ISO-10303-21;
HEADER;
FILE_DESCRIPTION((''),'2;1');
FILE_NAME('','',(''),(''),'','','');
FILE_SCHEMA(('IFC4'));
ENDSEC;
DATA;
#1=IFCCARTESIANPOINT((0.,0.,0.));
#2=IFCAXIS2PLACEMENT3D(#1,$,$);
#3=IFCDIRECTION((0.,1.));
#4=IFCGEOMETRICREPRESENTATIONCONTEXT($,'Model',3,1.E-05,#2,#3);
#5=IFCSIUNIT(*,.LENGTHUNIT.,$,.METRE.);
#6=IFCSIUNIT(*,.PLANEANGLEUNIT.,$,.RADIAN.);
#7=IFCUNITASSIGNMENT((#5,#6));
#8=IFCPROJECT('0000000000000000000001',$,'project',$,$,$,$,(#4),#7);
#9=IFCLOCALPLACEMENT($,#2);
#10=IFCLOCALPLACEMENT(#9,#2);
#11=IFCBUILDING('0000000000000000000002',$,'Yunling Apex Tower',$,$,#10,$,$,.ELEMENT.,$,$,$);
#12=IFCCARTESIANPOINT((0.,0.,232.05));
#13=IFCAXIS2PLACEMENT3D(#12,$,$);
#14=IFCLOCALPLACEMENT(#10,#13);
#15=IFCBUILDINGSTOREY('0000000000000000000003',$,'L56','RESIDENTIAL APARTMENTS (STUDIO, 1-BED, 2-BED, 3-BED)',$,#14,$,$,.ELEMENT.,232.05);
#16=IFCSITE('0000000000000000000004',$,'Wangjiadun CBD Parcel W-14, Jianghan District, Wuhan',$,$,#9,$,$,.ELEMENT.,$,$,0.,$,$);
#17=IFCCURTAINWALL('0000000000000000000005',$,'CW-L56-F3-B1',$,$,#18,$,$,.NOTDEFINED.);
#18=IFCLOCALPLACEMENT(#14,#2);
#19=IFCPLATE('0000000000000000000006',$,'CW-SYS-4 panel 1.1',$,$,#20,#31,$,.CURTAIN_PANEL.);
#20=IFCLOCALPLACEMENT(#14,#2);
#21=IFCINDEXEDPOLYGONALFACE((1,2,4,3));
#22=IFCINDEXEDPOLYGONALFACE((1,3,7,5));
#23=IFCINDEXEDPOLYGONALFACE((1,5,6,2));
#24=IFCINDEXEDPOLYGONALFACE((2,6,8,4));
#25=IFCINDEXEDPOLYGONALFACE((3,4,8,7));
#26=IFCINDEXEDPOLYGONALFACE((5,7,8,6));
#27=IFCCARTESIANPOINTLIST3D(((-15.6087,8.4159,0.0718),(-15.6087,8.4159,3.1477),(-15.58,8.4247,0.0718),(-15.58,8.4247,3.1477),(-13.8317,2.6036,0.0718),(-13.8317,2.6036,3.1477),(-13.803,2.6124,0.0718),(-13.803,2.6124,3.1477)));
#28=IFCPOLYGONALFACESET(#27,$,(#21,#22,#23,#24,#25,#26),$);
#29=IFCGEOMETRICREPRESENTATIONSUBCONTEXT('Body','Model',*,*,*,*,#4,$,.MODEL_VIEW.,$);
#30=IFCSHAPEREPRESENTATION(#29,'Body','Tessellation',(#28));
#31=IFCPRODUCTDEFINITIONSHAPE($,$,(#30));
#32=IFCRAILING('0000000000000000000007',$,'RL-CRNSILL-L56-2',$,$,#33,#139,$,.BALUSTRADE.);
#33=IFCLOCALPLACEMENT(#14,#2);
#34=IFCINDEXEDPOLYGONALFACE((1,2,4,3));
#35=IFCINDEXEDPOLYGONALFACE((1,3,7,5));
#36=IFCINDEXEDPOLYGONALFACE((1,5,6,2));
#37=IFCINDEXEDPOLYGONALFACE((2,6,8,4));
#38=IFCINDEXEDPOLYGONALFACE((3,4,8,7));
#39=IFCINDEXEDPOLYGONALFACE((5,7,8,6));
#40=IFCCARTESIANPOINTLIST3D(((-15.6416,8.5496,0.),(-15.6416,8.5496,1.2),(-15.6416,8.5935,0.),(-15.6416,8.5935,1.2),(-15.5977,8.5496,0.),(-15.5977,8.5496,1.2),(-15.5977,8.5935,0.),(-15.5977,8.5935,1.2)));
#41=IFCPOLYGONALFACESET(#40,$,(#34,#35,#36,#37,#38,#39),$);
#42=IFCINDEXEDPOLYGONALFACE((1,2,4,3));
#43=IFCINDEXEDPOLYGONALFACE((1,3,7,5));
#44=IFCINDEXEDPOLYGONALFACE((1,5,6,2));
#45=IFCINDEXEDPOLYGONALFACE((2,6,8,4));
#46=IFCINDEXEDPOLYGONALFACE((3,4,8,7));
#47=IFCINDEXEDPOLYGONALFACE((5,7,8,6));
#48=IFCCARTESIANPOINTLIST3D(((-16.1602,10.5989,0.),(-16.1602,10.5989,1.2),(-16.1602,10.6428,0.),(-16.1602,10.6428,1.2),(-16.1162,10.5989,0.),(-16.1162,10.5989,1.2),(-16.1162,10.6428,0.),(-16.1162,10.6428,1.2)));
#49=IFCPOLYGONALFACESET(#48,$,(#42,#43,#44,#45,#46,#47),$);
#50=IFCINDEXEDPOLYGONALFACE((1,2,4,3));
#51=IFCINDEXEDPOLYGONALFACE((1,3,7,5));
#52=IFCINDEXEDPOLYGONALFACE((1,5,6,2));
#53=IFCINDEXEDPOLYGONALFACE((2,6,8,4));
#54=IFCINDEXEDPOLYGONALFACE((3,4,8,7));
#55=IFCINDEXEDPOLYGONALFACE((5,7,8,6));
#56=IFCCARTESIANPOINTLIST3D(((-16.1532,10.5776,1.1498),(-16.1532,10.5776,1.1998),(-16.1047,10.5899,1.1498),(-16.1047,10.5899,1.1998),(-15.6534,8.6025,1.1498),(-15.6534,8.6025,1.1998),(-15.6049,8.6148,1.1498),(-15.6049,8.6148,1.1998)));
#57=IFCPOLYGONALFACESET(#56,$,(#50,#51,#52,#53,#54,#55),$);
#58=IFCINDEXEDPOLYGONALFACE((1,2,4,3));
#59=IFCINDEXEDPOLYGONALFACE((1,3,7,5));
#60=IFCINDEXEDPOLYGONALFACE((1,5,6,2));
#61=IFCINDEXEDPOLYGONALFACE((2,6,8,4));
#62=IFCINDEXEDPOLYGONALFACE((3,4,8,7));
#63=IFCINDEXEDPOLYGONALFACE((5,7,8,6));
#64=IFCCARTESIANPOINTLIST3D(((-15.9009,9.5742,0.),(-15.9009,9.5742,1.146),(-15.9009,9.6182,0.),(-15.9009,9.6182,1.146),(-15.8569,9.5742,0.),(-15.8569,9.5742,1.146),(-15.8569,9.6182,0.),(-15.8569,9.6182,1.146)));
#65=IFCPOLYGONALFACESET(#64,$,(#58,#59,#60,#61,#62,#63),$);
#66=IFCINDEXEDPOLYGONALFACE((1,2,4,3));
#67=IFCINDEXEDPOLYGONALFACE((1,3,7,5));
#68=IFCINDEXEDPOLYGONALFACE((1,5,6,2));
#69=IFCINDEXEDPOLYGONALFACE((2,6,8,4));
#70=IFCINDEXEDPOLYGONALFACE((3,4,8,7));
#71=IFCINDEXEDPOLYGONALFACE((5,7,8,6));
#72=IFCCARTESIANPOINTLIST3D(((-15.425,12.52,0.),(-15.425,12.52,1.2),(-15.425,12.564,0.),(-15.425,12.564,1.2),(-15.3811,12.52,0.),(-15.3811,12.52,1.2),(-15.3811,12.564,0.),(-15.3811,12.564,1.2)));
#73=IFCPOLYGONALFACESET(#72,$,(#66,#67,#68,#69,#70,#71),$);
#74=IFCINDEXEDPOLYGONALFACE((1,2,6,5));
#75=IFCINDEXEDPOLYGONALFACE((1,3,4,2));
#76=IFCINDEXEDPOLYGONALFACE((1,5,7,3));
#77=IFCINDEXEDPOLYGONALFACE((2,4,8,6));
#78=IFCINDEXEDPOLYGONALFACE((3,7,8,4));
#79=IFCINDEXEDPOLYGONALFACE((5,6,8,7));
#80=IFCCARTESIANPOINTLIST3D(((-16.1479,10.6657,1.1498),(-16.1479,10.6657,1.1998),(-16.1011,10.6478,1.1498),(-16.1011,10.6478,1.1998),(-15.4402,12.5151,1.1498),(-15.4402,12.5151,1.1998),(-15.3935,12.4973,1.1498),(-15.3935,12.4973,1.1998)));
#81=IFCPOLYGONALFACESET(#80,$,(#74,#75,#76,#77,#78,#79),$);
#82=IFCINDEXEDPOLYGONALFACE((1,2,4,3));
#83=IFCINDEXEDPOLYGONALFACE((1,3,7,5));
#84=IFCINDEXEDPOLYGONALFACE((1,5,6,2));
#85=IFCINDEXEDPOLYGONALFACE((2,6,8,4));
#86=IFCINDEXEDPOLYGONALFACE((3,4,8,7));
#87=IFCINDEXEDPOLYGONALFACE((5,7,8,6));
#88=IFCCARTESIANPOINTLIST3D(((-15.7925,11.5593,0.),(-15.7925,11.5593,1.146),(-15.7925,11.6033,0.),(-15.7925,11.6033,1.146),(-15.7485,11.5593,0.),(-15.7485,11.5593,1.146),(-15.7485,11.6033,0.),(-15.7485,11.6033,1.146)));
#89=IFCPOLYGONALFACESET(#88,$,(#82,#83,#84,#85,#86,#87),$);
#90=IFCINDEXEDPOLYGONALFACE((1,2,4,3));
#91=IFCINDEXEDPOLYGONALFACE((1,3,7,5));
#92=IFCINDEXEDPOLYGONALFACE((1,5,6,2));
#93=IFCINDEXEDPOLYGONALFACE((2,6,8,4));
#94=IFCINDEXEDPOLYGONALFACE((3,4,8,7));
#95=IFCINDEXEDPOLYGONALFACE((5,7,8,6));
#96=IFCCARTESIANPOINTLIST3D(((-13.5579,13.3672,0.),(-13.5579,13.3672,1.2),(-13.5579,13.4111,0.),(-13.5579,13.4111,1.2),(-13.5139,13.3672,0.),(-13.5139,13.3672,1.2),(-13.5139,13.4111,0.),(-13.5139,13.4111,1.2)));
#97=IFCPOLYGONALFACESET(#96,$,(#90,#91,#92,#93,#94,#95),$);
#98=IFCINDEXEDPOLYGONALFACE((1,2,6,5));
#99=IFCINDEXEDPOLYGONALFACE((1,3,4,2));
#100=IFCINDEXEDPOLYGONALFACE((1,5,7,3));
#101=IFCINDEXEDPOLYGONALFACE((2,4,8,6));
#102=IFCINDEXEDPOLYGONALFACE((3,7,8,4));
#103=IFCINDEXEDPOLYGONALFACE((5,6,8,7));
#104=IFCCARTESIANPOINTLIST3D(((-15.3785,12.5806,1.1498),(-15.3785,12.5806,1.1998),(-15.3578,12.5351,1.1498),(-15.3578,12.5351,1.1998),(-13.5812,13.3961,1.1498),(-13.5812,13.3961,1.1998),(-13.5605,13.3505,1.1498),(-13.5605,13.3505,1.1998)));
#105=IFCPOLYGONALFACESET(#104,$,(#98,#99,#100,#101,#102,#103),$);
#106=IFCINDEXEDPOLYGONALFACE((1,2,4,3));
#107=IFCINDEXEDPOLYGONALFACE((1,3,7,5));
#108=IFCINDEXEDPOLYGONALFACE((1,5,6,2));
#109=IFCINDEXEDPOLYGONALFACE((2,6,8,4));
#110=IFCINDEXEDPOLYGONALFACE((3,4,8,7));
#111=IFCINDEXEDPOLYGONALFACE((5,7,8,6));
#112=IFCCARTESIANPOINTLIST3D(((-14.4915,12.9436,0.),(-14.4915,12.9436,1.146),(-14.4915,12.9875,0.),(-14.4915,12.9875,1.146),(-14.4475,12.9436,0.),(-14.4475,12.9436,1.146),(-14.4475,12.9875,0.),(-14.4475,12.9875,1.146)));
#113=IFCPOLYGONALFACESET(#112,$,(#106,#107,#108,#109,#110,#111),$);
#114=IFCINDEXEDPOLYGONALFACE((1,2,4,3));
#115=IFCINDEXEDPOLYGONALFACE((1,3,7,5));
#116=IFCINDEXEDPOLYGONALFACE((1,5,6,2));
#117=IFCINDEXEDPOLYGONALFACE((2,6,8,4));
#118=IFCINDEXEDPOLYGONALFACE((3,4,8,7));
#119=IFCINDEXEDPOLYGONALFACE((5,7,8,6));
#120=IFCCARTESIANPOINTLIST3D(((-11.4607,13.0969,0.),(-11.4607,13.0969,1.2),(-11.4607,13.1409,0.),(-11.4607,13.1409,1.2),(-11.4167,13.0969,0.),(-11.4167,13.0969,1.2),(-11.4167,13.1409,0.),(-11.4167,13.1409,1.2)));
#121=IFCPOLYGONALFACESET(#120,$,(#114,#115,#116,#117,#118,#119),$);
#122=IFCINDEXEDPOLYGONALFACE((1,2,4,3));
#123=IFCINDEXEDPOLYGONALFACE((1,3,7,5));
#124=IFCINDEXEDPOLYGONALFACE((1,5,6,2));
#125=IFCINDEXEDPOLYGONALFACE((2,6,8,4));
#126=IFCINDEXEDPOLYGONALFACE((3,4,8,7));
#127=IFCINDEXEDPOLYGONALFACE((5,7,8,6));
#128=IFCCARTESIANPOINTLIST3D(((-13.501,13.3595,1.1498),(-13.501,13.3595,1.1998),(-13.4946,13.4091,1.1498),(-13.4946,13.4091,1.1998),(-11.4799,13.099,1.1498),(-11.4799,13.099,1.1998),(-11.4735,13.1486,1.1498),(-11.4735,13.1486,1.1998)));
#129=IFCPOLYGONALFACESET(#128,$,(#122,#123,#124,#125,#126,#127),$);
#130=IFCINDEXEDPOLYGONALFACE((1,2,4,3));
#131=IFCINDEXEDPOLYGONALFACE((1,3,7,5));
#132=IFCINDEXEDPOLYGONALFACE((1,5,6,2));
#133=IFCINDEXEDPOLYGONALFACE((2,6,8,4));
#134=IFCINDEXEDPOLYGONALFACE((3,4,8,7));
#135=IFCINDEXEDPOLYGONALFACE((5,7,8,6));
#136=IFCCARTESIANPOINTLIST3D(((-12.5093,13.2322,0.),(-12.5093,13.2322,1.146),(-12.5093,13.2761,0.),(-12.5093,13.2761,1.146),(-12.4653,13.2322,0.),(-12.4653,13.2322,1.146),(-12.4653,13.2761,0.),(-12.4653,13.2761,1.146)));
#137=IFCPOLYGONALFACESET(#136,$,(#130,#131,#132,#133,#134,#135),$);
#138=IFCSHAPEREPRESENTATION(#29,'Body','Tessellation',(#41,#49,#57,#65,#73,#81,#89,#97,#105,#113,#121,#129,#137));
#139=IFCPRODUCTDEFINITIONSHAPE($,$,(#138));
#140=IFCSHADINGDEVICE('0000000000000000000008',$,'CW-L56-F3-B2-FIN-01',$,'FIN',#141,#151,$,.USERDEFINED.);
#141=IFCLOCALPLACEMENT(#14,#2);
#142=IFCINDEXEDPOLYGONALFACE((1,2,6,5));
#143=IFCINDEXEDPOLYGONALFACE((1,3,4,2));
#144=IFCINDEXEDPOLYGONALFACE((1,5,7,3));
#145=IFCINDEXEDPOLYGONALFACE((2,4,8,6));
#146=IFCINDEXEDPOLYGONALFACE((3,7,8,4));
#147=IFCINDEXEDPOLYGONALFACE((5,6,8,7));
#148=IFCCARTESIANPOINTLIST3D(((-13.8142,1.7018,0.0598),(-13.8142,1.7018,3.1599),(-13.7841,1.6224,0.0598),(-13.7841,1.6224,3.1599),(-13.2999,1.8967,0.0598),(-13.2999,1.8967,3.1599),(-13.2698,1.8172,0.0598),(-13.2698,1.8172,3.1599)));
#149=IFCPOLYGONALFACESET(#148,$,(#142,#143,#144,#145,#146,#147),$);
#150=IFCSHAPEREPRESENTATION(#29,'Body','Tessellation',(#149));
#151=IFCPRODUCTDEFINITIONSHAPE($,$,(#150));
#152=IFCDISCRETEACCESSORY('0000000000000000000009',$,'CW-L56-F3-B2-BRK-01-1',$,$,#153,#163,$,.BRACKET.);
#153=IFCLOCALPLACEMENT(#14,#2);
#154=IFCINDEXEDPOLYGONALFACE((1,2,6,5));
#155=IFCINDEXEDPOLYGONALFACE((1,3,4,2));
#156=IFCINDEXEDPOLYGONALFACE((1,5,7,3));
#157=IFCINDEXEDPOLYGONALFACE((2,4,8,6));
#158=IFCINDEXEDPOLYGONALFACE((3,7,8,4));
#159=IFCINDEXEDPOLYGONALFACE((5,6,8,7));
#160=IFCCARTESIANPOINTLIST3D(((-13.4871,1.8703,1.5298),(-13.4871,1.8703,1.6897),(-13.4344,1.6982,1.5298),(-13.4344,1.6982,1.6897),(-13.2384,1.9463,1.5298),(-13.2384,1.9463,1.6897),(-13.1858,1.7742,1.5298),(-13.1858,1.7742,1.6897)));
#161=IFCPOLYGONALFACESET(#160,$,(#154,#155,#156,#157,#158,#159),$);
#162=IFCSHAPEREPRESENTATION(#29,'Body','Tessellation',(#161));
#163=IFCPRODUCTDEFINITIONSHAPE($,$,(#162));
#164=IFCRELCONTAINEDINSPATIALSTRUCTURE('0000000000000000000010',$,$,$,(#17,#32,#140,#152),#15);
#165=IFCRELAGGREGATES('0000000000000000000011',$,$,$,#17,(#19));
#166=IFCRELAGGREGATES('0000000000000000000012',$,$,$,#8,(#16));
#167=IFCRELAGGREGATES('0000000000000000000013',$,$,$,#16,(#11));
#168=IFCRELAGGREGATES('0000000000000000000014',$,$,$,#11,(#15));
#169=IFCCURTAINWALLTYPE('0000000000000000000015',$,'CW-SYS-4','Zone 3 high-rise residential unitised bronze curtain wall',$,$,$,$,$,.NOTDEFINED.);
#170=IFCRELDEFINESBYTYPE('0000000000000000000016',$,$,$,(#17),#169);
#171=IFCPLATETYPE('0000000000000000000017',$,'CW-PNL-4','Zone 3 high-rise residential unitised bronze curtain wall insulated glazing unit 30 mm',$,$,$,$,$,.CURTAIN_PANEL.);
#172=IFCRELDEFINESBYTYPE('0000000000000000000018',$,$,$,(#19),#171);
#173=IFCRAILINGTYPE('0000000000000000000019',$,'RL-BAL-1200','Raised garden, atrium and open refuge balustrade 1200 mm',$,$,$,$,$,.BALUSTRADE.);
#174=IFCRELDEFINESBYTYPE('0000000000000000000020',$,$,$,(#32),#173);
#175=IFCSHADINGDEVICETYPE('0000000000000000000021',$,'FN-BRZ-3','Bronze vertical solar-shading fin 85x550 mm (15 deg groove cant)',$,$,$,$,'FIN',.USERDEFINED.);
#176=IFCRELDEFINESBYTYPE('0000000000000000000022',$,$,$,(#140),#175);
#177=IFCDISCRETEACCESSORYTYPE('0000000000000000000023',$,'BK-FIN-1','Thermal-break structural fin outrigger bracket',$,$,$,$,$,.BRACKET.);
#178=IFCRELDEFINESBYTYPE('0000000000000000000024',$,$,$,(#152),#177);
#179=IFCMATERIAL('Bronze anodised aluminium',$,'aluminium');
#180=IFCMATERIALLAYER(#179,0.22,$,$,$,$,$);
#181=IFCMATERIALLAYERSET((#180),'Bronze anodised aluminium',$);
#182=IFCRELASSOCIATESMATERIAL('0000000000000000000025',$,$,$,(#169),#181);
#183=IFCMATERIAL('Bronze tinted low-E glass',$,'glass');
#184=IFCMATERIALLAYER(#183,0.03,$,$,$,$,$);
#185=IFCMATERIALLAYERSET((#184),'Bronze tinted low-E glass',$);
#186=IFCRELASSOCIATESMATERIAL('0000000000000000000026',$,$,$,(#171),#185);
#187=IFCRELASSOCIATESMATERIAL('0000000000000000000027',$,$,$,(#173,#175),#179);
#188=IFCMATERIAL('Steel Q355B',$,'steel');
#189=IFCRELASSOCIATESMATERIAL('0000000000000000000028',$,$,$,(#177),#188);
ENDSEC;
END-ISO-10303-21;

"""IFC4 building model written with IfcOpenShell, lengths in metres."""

from ifc_helpers import new_model, si_unit, direction, frame, origin, origin_2d, place, context, subcontext, project, spatial, rectangle, extrude, source, transform, mapped, material, layer, layer_set, material_profile, profile_set, type_object, element, aggregate, save


model = new_model("IFC4")

# Units and contexts
model_context = context("Model", 3, precision=1e-05, world=origin(), true_north=direction((0.0, 1.0)))
body_context = subcontext(model_context, "Body", "Model", "MODEL_VIEW")
ifc_project = project(units=[si_unit("LENGTHUNIT", "METRE"), si_unit("PLANEANGLEUNIT", "RADIAN")], contexts=[model_context])

# Site, building, storey
site_placement = place(None, origin())
site = spatial("IfcSite", under=ifc_project, at=site_placement, Name="Wangjiadun CBD Parcel W-14, Jianghan District, Wuhan", CompositionType="ELEMENT", RefElevation=0.0)
building_placement = place(site_placement, origin())
building = spatial("IfcBuilding", under=site, at=building_placement, Name="Yunling Apex Tower", CompositionType="ELEMENT")
storey_placement = place(building_placement, frame((0.0, 0.0, 232.05)))
storey = spatial("IfcBuildingStorey", under=building, at=storey_placement, Name="L56", Description="RESIDENTIAL APARTMENTS (STUDIO, 1-BED, 2-BED, 3-BED)", CompositionType="ELEMENT", Elevation=232.05)

# Shared definitions
ifc_material_1 = material(Name="Steel Q355B", Category="steel")

# Curtain wall
ifc_material_2 = material(Name="Bronze anodised aluminium", Category="aluminium")
ifc_layer_1 = layer(ifc_material_2, 0.22)
ifc_layer_set_1 = layer_set([ifc_layer_1], Name="Bronze anodised aluminium")
curtain_wall_type = type_object("IfcCurtainWallType", Name="CW-SYS-4", Description="Zone 3 high-rise residential unitised bronze curtain wall", PredefinedType="NOTDEFINED", material=ifc_layer_set_1)
curtain_wall_1_placement = place(storey_placement, origin())
curtain_wall_1 = element("IfcCurtainWall", 1, at=curtain_wall_1_placement, inside=storey, type_object=curtain_wall_type, Name="CW-L56-F3-B1", PredefinedType="NOTDEFINED")

# Plate
ifc_material_3 = material(Name="Bronze tinted low-E glass", Category="glass")
ifc_layer_2 = layer(ifc_material_3, 0.03)
ifc_layer_set_2 = layer_set([ifc_layer_2], Name="Bronze tinted low-E glass")
plate_type = type_object("IfcPlateType", Name="CW-PNL-4", Description="Zone 3 high-rise residential unitised bronze curtain wall insulated glazing unit 30 mm", PredefinedType="CURTAIN_PANEL", material=ifc_layer_set_2)
shared_shape_1 = source(origin(), body_context, "Body", "SweptSolid", [
    extrude(rectangle(XDim=6.0779, YDim=0.03, at=origin_2d()), origin(), (0.0, 0.0, 1.0), 3.0759),
])
plate_1_placement = place(storey_placement, frame((-14.7058, 5.5142, 0.0718), z_axis=(0.0, 0.0, 1.0), x_axis=(0.292372, -0.956305, 0.0)))
plate_1 = element("IfcPlate", 2, at=plate_1_placement, type_object=plate_type, Name="CW-SYS-4 panel 1.1", PredefinedType="CURTAIN_PANEL", context=body_context, shape_type="MappedRepresentation", body=[
    mapped(shared_shape_1, transform((0.0, 0.0, 0.0), scale=1.0)),
])
aggregate(curtain_wall_1, [plate_1])

# Railing
railing_type = type_object("IfcRailingType", Name="RL-BAL-1200", Description="Raised garden, atrium and open refuge balustrade 1200 mm", PredefinedType="BALUSTRADE", material=ifc_material_2)
railing_placement = place(storey_placement, frame((-15.6196, 8.5715, 0.0)))
element("IfcRailing", 3, at=railing_placement, inside=storey, type_object=railing_type, Name="RL-CRNSILL-L56-2", PredefinedType="BALUSTRADE", context=body_context, shape_type="SweptSolid", body=[
    extrude(rectangle(XDim=0.0439, YDim=0.0439, at=origin_2d()), origin(), (0.0, 0.0, 1.0), 1.2),
    extrude(rectangle(XDim=0.0439, YDim=0.0439, at=origin_2d()), frame((-0.5186, 2.0493, 0.0)), (0.0, 0.0, 1.0), 1.2),
    extrude(rectangle(XDim=0.05, YDim=0.05, at=origin_2d()), frame((-0.0095, 0.0371, 1.1748), z_axis=(-0.245306, 0.969446, 0.0), x_axis=(-0.969446, -0.245306, 0.0)), (0.0, 0.0, 1.0), 2.0374),
    extrude(rectangle(XDim=0.0439, YDim=0.0439, at=origin_2d()), frame((-0.2593, 1.0247, 0.0)), (0.0, 0.0, 1.0), 1.146),
    extrude(rectangle(XDim=0.0439, YDim=0.0439, at=origin_2d()), frame((0.2166, 3.9705, 0.0)), (0.0, 0.0, 1.0), 1.2),
    extrude(rectangle(XDim=0.05, YDim=0.05, at=origin_2d()), frame((-0.5049, 2.0852, 1.1748), z_axis=(0.357372, 0.933962, 0.0), x_axis=(-0.933962, 0.357372, 0.0)), (0.0, 0.0, 1.0), 1.9802),
    extrude(rectangle(XDim=0.0439, YDim=0.0439, at=origin_2d()), frame((-0.1509, 3.0098, 0.0)), (0.0, 0.0, 1.0), 1.146),
    extrude(rectangle(XDim=0.0439, YDim=0.0439, at=origin_2d()), frame((2.0837, 4.8176, 0.0)), (0.0, 0.0, 1.0), 1.2),
    extrude(rectangle(XDim=0.05, YDim=0.05, at=origin_2d()), frame((0.2515, 3.9863, 1.1748), z_axis=(0.910652, 0.413175, 0.0), x_axis=(-0.413175, 0.910652, 0.0)), (0.0, 0.0, 1.0), 1.9736),
    extrude(rectangle(XDim=0.0439, YDim=0.0439, at=origin_2d()), frame((1.1501, 4.394, 0.0)), (0.0, 0.0, 1.0), 1.146),
    extrude(rectangle(XDim=0.0439, YDim=0.0439, at=origin_2d()), frame((4.1809, 4.5474, 0.0)), (0.0, 0.0, 1.0), 1.2),
    extrude(rectangle(XDim=0.05, YDim=0.05, at=origin_2d()), frame((2.1218, 4.8127, 1.1748), z_axis=(0.991798, -0.127814, 0.0), x_axis=(0.127814, 0.991798, 0.0)), (0.0, 0.0, 1.0), 2.0378),
    extrude(rectangle(XDim=0.0439, YDim=0.0439, at=origin_2d()), frame((3.1323, 4.6826, 0.0)), (0.0, 0.0, 1.0), 1.146),
])

# Shading device
ifc_material_profile_1 = material_profile(ifc_material_2, rectangle(XDim=0.085, YDim=0.55, at=origin_2d()))
ifc_profile_set_1 = profile_set([ifc_material_profile_1], Name="Bronze anodised aluminium")
shading_device_type = type_object("IfcShadingDeviceType", Name="FN-BRZ-3", Description="Bronze vertical solar-shading fin 85x550 mm (15 deg groove cant)", ElementType="FIN", PredefinedType="USERDEFINED", material=ifc_profile_set_1)
shared_shape_2 = source(origin(), body_context, "Body", "SweptSolid", [
    extrude(rectangle(XDim=0.085, YDim=0.55, at=origin_2d()), origin(), (0.0, 0.0, 1.0), 3.1001),
])
shading_device_placement = place(storey_placement, frame((-13.542, 1.7595, 0.0598), z_axis=(0.0, 0.0, 1.0), x_axis=(0.354291, -0.935135, 0.0)))
element("IfcShadingDevice", 4, at=shading_device_placement, inside=storey, type_object=shading_device_type, Name="CW-L56-F3-B2-FIN-01", ObjectType="FIN", PredefinedType="USERDEFINED", context=body_context, shape_type="MappedRepresentation", body=[
    mapped(shared_shape_2, transform((0.0, 0.0, 0.0), scale=1.0)),
])

# Discrete accessory
discrete_accessory_type = type_object("IfcDiscreteAccessoryType", Name="BK-FIN-1", Description="Thermal-break structural fin outrigger bracket", PredefinedType="BRACKET", material=ifc_material_1)
shared_shape_3 = source(origin(), body_context, "Body", "SweptSolid", [
    extrude(rectangle(XDim=0.1799, YDim=0.26, at=origin_2d()), origin(), (0.0, 0.0, 1.0), 0.1599),
])
discrete_accessory_placement = place(storey_placement, frame((-13.3364, 1.8223, 1.5298), z_axis=(0.0, 0.0, 1.0), x_axis=(0.292372, -0.956305, 0.0)))
element("IfcDiscreteAccessory", 5, at=discrete_accessory_placement, inside=storey, type_object=discrete_accessory_type, Name="CW-L56-F3-B2-BRK-01-1", PredefinedType="BRACKET", context=body_context, shape_type="MappedRepresentation", body=[
    mapped(shared_shape_3, transform((0.0, 0.0, 0.0), scale=1.0)),
])

save(model, "model.ifc")
